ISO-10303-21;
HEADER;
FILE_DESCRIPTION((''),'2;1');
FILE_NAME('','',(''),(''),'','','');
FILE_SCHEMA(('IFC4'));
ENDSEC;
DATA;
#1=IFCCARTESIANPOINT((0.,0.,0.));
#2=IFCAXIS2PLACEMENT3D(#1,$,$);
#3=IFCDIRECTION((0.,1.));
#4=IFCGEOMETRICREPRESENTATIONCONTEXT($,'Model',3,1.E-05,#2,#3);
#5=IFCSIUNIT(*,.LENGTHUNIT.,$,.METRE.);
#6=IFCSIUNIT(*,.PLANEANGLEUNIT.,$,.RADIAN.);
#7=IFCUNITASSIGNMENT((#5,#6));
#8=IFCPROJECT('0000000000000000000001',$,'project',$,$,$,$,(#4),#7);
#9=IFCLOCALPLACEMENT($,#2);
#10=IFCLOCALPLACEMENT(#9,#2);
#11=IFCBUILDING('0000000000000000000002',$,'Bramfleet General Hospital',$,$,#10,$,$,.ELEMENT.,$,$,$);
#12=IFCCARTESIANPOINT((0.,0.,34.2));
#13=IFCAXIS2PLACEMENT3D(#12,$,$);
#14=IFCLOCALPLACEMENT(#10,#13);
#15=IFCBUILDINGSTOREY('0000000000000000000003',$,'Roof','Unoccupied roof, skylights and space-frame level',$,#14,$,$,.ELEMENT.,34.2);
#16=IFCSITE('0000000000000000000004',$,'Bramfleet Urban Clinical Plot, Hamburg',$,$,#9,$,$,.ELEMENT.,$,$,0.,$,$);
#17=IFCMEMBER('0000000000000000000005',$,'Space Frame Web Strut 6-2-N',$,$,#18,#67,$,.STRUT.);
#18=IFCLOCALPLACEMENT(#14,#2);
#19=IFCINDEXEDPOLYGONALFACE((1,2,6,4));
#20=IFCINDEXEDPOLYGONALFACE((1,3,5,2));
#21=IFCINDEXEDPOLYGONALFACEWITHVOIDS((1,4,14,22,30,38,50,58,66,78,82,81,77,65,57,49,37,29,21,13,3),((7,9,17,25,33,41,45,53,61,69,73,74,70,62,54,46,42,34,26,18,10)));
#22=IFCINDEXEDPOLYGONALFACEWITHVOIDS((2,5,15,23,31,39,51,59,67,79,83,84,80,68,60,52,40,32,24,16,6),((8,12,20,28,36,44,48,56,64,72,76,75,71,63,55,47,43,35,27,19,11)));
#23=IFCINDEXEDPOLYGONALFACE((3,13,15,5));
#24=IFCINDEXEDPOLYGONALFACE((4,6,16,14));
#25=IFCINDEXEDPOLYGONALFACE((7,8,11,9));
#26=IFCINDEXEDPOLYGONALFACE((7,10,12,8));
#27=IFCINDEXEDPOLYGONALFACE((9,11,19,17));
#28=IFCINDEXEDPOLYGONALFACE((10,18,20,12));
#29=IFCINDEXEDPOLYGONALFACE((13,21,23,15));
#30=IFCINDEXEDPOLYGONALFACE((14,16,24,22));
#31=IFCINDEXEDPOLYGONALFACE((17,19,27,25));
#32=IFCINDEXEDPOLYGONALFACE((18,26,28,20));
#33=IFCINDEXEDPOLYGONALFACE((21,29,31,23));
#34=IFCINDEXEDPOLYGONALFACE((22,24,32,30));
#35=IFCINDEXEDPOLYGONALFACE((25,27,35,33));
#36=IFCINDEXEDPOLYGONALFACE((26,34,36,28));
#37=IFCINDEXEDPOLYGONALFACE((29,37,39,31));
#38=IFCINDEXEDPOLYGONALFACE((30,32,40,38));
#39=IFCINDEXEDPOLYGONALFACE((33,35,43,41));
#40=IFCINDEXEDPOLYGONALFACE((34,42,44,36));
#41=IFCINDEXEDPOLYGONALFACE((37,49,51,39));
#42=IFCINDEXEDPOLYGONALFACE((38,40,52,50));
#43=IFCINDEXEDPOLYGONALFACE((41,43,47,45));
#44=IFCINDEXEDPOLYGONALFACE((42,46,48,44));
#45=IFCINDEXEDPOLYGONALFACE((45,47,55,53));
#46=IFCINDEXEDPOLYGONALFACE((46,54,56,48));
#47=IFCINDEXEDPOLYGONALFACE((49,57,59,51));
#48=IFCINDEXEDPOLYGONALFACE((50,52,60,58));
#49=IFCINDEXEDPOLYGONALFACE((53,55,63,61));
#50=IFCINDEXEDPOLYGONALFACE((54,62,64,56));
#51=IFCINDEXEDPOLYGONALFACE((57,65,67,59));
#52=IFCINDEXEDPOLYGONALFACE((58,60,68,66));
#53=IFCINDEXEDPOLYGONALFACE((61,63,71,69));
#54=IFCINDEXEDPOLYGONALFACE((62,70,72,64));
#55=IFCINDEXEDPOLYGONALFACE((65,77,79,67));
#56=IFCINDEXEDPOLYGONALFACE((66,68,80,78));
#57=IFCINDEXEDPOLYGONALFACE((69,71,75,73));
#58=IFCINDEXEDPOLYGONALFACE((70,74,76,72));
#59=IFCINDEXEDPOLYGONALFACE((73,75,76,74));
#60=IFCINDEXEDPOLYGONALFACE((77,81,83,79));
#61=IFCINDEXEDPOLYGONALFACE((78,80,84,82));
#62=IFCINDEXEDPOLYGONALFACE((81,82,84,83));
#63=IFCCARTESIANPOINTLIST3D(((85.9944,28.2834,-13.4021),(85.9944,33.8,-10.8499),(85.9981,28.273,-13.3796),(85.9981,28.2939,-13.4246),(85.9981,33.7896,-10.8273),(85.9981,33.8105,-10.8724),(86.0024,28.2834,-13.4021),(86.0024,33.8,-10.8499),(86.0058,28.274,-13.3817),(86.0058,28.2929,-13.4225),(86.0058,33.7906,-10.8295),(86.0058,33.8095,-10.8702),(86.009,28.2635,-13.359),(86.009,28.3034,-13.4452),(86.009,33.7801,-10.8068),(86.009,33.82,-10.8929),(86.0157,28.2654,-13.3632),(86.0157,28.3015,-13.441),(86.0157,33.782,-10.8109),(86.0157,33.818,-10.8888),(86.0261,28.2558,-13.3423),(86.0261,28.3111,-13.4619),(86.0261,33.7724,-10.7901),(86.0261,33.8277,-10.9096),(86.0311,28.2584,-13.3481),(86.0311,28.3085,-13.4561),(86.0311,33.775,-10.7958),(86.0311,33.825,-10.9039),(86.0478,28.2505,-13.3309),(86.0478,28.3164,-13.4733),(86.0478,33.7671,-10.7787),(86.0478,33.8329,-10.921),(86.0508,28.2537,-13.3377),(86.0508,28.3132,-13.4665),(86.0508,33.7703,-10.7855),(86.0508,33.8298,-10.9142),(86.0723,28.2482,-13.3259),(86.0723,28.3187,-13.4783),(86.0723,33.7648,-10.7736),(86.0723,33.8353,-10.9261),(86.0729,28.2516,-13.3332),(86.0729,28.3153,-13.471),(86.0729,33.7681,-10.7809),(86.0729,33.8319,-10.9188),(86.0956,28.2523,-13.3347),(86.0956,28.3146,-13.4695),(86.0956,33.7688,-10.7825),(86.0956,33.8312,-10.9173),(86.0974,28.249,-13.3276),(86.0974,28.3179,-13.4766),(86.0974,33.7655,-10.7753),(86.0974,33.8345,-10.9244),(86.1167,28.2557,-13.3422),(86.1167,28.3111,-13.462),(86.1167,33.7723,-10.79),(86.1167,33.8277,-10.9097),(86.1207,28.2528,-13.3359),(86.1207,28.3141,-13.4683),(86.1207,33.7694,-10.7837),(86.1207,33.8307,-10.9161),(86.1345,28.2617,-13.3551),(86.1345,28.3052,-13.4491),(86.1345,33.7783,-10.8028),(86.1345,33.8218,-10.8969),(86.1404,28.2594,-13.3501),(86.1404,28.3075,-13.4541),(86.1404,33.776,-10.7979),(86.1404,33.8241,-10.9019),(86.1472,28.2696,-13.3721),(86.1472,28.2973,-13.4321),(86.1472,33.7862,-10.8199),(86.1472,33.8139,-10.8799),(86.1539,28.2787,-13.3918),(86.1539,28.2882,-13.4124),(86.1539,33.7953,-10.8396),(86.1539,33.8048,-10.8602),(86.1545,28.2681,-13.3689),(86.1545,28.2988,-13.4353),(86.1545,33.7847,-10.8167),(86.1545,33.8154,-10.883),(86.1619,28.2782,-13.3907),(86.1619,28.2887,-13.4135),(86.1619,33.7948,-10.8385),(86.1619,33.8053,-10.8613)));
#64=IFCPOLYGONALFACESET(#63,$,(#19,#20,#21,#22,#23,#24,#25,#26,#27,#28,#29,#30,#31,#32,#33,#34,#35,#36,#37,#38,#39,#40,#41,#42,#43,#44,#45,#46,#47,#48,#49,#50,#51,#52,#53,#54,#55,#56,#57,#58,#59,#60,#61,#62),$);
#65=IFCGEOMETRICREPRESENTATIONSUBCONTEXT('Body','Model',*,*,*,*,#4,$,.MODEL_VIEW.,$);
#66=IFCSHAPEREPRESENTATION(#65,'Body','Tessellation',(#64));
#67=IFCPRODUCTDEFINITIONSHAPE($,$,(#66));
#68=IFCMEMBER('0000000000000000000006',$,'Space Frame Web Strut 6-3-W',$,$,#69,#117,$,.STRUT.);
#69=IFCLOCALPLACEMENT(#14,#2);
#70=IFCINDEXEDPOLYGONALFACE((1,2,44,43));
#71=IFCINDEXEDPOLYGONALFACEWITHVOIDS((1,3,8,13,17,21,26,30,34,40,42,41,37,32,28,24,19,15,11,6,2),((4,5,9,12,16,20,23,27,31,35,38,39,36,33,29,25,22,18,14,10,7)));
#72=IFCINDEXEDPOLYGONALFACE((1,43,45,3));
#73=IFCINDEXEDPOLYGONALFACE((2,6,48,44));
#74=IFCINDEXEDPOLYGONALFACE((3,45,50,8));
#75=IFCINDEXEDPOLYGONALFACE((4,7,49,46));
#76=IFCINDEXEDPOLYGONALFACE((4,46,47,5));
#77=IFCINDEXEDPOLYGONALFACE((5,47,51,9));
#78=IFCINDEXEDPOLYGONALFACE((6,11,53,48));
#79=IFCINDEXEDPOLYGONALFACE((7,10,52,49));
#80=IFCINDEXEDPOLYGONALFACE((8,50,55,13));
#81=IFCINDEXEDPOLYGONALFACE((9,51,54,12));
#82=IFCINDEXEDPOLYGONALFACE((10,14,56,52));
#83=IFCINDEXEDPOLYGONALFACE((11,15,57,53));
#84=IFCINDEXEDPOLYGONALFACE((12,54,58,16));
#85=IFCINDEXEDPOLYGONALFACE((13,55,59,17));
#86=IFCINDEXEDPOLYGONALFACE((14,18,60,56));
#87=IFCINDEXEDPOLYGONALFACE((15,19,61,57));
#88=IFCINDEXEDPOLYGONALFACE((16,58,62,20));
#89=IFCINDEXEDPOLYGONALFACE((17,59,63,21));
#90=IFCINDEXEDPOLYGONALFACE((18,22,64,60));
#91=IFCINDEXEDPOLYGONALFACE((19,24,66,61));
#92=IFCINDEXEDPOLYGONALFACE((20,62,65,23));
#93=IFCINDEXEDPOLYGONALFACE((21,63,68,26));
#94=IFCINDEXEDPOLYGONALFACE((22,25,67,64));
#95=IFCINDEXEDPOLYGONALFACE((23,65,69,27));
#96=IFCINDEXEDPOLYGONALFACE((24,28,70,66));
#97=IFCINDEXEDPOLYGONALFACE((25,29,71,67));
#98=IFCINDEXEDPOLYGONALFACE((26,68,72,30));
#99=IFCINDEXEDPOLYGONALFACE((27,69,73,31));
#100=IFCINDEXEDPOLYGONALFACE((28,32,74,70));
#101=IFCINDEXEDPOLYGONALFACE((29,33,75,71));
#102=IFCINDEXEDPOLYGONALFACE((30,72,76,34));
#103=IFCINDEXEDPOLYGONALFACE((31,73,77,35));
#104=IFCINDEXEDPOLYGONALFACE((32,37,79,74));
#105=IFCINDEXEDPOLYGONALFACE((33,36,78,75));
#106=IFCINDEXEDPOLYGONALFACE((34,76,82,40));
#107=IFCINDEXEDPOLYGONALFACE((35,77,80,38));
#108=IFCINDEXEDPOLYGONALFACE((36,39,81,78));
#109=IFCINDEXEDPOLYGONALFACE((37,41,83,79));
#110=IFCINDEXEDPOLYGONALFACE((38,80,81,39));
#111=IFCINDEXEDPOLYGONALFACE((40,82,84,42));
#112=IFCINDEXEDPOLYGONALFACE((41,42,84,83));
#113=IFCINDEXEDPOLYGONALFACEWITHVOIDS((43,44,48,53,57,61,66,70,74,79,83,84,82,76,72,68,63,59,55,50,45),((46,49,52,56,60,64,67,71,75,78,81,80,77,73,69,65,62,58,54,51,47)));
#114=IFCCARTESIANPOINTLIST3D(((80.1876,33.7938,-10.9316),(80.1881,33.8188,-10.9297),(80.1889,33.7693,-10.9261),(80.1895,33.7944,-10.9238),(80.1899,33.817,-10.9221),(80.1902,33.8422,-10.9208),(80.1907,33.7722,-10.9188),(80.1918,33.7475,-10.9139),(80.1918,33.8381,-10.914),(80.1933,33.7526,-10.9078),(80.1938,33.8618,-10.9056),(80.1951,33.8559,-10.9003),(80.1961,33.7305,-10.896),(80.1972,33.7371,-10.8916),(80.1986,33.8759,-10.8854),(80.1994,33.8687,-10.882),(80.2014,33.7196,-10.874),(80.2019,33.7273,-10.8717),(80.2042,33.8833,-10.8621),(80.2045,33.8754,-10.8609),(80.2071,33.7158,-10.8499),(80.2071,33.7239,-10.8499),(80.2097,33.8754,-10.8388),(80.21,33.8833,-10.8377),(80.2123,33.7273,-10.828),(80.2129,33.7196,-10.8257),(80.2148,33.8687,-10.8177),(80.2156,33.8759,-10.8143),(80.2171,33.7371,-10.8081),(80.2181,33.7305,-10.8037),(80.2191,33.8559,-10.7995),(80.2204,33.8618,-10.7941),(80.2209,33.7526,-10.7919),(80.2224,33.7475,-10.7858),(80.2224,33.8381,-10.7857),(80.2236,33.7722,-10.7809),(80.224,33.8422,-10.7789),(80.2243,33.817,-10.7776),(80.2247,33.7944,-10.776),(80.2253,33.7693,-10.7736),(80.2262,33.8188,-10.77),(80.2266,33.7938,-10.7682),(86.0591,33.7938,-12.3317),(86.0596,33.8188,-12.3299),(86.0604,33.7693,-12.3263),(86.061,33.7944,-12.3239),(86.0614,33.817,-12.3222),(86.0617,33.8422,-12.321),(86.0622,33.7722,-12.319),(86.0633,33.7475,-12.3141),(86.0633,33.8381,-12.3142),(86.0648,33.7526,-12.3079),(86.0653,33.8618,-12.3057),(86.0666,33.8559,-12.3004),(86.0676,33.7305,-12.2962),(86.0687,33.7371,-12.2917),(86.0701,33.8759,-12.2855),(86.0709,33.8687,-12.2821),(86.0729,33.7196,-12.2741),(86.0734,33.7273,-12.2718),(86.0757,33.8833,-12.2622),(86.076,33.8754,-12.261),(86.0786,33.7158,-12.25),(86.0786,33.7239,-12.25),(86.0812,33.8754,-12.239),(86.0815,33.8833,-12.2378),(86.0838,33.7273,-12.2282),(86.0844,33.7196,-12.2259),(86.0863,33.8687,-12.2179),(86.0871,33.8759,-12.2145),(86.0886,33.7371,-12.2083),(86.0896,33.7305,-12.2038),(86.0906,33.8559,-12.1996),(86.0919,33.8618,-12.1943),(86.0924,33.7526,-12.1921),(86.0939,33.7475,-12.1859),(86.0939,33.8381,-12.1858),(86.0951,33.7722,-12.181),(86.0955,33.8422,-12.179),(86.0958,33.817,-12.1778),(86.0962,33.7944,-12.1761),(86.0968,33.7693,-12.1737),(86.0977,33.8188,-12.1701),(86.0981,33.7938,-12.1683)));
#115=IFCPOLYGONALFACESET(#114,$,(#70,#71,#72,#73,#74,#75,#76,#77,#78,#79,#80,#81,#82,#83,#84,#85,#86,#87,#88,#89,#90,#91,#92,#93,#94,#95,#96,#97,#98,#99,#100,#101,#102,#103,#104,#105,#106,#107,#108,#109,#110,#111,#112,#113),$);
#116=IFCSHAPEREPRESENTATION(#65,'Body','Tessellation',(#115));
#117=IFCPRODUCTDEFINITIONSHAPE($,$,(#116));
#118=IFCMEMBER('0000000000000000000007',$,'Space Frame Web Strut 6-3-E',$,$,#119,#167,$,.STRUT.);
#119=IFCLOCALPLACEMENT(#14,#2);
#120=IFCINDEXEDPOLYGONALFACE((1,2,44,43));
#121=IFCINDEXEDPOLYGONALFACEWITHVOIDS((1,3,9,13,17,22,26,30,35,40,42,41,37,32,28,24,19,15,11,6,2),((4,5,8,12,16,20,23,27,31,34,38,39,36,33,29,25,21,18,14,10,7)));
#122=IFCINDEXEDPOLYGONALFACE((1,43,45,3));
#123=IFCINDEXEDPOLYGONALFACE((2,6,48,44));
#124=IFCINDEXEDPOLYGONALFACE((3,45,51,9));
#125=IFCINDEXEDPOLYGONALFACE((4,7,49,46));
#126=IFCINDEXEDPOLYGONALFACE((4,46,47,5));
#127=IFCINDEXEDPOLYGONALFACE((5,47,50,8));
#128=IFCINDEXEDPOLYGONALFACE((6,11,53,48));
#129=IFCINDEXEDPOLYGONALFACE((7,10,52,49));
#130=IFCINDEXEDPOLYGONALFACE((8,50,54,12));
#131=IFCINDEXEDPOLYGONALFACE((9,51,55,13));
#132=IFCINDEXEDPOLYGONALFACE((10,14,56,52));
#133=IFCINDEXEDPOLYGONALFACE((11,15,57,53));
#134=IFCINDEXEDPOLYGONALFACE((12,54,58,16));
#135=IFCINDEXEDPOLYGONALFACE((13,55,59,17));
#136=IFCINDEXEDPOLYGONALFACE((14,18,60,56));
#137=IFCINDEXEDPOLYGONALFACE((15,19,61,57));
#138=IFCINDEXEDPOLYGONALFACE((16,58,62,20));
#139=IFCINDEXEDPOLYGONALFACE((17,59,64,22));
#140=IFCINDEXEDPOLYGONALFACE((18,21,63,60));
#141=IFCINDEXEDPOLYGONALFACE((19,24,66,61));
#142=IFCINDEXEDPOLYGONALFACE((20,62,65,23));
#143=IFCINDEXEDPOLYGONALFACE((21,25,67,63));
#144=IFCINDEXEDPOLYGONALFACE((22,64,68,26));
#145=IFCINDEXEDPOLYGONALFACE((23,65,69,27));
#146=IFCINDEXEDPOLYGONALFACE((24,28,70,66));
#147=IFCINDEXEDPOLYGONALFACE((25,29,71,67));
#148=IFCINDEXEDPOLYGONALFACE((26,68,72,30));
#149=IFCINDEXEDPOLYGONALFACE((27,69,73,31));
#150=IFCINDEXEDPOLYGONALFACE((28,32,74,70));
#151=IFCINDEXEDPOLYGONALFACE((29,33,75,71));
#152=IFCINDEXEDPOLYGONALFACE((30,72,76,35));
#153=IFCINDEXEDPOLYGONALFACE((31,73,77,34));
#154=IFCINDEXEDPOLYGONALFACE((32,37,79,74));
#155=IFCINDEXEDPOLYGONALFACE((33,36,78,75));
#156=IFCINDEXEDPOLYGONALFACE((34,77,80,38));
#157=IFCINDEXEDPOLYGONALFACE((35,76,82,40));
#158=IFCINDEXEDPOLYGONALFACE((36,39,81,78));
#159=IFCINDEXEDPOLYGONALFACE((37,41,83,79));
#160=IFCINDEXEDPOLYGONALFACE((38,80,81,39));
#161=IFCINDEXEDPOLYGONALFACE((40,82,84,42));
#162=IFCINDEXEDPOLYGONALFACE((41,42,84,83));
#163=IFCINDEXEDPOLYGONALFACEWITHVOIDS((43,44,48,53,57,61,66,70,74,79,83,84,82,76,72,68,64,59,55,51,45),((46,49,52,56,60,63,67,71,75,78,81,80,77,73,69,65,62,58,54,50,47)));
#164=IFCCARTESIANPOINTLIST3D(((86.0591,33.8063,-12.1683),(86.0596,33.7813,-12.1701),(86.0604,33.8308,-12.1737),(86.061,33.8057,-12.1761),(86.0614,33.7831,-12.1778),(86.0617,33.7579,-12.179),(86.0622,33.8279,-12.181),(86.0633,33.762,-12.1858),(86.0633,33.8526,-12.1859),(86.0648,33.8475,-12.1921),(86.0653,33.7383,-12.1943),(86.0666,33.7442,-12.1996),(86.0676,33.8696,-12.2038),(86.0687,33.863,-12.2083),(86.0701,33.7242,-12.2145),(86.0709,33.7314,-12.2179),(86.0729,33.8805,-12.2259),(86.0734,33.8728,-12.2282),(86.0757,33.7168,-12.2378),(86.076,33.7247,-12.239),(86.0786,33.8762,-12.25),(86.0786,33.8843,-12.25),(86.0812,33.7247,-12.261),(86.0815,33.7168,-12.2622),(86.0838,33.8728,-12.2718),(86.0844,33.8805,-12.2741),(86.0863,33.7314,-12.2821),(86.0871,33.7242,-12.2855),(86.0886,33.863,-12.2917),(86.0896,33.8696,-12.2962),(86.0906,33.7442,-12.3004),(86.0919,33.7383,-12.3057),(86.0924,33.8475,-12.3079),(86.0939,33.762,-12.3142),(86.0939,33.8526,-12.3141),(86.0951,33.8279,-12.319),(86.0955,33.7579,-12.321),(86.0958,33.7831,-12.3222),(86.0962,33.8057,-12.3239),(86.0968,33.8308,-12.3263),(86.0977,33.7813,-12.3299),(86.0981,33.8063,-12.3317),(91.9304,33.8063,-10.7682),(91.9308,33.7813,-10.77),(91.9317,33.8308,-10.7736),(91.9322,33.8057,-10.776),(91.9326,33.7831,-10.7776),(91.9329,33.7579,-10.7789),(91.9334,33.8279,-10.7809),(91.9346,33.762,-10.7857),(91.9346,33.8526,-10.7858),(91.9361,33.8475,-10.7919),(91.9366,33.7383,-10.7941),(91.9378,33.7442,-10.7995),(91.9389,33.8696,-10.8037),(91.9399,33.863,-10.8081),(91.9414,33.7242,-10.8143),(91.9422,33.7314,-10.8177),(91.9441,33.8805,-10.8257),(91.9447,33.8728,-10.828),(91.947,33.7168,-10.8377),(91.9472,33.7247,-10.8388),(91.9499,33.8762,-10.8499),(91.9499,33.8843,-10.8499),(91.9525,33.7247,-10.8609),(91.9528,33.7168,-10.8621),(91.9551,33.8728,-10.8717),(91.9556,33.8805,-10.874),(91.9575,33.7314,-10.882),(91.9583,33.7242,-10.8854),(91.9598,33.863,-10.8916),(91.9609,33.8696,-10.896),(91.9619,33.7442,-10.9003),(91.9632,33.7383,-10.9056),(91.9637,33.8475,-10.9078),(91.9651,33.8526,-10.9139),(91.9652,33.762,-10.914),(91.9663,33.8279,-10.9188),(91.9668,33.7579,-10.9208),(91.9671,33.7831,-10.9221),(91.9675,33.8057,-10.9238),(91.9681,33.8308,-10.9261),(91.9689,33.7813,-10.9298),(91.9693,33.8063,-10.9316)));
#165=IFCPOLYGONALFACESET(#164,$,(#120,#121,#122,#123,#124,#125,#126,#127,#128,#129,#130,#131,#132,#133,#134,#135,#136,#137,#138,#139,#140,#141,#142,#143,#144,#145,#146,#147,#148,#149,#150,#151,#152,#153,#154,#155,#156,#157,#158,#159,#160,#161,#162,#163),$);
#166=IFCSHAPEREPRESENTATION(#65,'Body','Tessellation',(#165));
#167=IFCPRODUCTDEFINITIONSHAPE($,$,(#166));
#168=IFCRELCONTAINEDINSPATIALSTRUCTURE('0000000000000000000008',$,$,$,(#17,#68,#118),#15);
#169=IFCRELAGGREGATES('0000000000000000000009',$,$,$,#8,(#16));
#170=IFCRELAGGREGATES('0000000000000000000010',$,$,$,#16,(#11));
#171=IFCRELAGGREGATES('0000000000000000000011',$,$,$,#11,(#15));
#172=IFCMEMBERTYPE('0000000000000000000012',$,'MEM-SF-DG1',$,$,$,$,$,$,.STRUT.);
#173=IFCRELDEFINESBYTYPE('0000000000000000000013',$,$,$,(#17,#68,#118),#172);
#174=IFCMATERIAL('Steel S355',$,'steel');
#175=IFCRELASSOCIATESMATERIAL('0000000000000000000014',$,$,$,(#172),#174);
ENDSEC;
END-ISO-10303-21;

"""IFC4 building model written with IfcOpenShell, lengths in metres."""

from ifc_helpers import new_model, si_unit, direction, frame, origin, origin_2d, place, context, subcontext, project, spatial, hollow_circle, extrude, material, material_profile, profile_set, type_object, element, save


model = new_model("IFC4")

# Units and contexts
model_context = context("Model", 3, precision=1e-05, world=origin(), true_north=direction((0.0, 1.0)))
body_context = subcontext(model_context, "Body", "Model", "MODEL_VIEW")
ifc_project = project(units=[si_unit("LENGTHUNIT", "METRE"), si_unit("PLANEANGLEUNIT", "RADIAN")], contexts=[model_context])

# Site, building, storey
site_placement = place(None, origin())
site = spatial("IfcSite", under=ifc_project, at=site_placement, Name="Bramfleet Urban Clinical Plot, Hamburg", CompositionType="ELEMENT", RefElevation=0.0)
building_placement = place(site_placement, origin())
building = spatial("IfcBuilding", under=site, at=building_placement, Name="Bramfleet General Hospital", CompositionType="ELEMENT")
storey_placement = place(building_placement, frame((0.0, 0.0, 34.2)))
storey = spatial("IfcBuildingStorey", under=building, at=storey_placement, Name="Roof", Description="Unoccupied roof, skylights and space-frame level", CompositionType="ELEMENT", Elevation=34.2)

# Members
ifc_material_1 = material(Name="Steel S355", Category="steel")
ifc_material_profile_1 = material_profile(ifc_material_1, hollow_circle(Radius=0.0842, WallThickness=0.0081, at=origin_2d()), Name="CHS 168.3x8.0")
ifc_profile_set_1 = profile_set([ifc_material_profile_1], Name="Steel S355")
member_type_1 = type_object("IfcMemberType", Name="MEM-SF-DG1", PredefinedType="STRUT", material=ifc_profile_set_1)
member_1_placement = place(storey_placement, frame((86.0786, 28.2834, -13.4021), z_axis=(0.0, 0.907576, 0.419888), x_axis=(-1.0, 0.0, 0.0)))
element("IfcMember", 1, at=member_1_placement, inside=storey, type_object=member_type_1, Name="Space Frame Web Strut 6-2-N", PredefinedType="STRUT", context=body_context, shape_type="SweptSolid", body=[
    extrude(hollow_circle(Radius=0.0842, WallThickness=0.0081, at=origin_2d()), origin(), (0.0, 0.0, 1.0), 6.0784),
])
member_2_placement = place(storey_placement, frame((86.0786, 33.8, -12.25), z_axis=(-0.972726, 0.0, 0.231958), x_axis=(0.0, -1.0, 0.0)))
element("IfcMember", 2, at=member_2_placement, inside=storey, type_object=member_type_1, Name="Space Frame Web Strut 6-3-W", PredefinedType="STRUT", context=body_context, shape_type="SweptSolid", body=[
    extrude(hollow_circle(Radius=0.0842, WallThickness=0.0081, at=origin_2d()), origin(), (0.0, 0.0, 1.0), 6.0361),
])
member_3_placement = place(storey_placement, frame((86.0786, 33.8, -12.25), z_axis=(0.972724, 0.0, 0.231967), x_axis=(0.0, 1.0, 0.0)))
element("IfcMember", 3, at=member_3_placement, inside=storey, type_object=member_type_1, Name="Space Frame Web Strut 6-3-E", PredefinedType="STRUT", context=body_context, shape_type="SweptSolid", body=[
    extrude(hollow_circle(Radius=0.0842, WallThickness=0.0081, at=origin_2d()), origin(), (0.0, 0.0, 1.0), 6.0359),
])

save(model, "model.ifc")
